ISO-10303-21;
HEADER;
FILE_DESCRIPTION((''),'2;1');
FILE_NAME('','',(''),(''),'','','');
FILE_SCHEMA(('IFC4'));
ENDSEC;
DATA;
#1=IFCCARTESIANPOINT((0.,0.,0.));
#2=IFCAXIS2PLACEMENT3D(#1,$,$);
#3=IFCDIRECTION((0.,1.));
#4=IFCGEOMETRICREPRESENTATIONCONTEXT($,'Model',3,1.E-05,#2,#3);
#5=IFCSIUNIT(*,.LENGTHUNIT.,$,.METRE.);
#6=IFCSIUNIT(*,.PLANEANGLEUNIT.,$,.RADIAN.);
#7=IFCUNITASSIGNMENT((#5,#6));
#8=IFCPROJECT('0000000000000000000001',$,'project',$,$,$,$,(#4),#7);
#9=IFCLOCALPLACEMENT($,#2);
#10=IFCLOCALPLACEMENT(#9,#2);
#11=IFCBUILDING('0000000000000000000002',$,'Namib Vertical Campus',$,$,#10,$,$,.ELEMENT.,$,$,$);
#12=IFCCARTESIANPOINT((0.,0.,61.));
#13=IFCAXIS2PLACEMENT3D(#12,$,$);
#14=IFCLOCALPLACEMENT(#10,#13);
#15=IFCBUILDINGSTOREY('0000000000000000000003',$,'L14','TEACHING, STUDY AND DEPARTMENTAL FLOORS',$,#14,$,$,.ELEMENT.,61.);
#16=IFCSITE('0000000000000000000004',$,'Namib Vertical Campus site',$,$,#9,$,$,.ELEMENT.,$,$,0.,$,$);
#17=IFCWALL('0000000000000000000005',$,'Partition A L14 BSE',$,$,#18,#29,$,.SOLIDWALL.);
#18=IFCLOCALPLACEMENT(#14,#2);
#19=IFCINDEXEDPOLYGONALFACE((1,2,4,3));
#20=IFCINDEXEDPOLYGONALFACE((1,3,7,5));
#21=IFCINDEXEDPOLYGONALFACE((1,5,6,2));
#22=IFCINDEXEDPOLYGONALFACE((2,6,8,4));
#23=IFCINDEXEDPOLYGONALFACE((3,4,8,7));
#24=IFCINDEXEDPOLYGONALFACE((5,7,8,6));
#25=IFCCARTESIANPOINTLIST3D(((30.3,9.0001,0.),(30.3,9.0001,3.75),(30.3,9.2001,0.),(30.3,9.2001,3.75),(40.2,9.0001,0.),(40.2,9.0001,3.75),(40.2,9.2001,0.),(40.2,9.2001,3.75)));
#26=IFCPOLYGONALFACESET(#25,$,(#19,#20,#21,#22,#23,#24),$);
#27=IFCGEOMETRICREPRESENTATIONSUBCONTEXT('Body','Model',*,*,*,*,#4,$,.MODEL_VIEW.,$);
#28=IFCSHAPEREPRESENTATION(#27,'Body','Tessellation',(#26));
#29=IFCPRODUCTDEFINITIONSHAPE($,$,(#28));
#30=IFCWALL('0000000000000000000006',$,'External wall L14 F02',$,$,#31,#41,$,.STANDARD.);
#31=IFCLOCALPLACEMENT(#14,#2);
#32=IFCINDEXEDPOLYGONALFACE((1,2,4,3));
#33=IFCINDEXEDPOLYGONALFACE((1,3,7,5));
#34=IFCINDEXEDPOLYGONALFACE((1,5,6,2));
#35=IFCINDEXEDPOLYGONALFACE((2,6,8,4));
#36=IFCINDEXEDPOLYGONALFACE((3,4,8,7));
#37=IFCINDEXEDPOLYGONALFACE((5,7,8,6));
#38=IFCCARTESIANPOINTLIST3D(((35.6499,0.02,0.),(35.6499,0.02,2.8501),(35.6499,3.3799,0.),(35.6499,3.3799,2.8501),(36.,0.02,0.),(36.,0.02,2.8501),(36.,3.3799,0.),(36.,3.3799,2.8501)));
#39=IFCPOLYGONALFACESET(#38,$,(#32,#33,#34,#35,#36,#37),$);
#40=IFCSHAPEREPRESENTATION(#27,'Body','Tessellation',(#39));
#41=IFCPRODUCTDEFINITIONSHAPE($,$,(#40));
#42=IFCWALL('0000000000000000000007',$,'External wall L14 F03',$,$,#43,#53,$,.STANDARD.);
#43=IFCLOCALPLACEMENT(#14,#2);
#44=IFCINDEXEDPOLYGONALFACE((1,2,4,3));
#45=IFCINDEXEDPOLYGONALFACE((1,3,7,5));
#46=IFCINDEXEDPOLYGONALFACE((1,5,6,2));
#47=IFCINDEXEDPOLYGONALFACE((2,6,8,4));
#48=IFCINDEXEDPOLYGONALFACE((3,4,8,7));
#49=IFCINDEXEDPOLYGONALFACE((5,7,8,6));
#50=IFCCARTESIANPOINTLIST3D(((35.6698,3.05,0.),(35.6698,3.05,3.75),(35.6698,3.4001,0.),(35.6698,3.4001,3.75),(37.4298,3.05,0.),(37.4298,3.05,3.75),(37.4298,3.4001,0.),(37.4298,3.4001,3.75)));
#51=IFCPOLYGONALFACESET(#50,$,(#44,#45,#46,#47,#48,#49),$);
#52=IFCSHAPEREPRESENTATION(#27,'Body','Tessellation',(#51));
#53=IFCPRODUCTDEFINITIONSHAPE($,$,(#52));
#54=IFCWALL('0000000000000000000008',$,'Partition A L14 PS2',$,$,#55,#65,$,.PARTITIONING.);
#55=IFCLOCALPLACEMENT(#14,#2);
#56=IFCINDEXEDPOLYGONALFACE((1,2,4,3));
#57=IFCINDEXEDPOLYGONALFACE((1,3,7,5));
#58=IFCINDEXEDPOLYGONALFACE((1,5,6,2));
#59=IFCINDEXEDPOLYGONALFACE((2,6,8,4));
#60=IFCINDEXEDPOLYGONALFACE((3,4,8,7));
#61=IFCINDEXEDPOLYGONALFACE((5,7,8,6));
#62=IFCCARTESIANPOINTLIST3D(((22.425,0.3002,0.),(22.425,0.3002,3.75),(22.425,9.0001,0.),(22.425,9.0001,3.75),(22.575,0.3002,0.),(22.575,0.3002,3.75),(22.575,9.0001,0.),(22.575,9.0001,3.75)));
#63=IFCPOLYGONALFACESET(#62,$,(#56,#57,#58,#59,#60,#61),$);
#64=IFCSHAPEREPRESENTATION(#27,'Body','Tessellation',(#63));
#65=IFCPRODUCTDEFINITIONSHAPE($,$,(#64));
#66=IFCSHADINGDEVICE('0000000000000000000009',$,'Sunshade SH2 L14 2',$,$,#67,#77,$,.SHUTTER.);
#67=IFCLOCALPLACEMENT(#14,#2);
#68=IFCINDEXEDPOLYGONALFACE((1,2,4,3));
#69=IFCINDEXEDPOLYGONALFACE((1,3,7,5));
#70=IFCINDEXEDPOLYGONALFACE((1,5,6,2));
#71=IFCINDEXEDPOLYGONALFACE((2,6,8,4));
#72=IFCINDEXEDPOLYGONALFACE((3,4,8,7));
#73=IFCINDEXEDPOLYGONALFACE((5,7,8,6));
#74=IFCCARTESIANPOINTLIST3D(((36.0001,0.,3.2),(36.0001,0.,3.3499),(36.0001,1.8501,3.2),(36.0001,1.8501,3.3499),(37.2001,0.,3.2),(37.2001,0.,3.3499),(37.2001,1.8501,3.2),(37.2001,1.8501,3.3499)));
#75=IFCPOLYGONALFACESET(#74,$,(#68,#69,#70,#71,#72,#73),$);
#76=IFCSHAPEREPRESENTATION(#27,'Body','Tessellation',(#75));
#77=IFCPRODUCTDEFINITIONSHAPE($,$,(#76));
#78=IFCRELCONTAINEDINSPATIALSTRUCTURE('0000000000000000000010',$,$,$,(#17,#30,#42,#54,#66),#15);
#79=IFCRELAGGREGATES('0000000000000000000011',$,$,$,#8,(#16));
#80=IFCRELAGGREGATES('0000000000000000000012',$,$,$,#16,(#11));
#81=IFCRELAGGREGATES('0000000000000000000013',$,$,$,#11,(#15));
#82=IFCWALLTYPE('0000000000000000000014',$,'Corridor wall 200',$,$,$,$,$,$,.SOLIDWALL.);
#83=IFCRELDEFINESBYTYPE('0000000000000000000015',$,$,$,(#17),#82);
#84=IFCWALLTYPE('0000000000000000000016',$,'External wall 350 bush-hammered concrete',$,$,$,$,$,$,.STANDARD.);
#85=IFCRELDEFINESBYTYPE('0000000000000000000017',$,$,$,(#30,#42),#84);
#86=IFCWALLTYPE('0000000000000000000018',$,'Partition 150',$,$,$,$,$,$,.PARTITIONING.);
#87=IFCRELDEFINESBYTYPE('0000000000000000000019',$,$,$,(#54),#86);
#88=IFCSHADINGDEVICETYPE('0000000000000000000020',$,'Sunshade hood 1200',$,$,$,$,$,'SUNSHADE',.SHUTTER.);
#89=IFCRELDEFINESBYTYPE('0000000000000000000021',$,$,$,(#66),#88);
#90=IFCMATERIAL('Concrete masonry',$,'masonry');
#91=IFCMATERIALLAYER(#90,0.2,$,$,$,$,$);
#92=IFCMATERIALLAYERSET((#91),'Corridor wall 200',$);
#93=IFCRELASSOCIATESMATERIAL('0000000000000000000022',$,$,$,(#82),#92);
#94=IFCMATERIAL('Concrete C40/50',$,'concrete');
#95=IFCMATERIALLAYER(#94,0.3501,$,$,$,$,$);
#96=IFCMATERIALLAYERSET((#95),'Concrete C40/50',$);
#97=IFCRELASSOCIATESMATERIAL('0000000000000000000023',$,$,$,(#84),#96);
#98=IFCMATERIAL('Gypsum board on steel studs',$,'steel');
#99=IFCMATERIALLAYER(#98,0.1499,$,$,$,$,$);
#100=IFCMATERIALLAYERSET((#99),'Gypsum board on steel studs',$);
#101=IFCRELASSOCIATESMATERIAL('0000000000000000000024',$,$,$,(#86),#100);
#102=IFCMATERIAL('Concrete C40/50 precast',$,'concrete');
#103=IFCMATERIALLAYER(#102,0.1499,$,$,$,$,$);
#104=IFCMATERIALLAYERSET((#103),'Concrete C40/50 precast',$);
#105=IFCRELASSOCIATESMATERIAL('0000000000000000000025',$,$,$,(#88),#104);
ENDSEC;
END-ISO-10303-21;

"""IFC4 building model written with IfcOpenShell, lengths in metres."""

from ifc_helpers import new_model, si_unit, direction, frame, frame_2d, origin, origin_2d, place, context, subcontext, project, spatial, rectangle, extrude, material, layer, layer_set, type_object, element, save


model = new_model("IFC4")

# Units and contexts
model_context = context("Model", 3, precision=1e-05, world=origin(), true_north=direction((0.0, 1.0)))
body_context = subcontext(model_context, "Body", "Model", "MODEL_VIEW")
ifc_project = project(units=[si_unit("LENGTHUNIT", "METRE"), si_unit("PLANEANGLEUNIT", "RADIAN")], contexts=[model_context])

# Site, building, storey
site_placement = place(None, origin())
site = spatial("IfcSite", under=ifc_project, at=site_placement, Name="Namib Vertical Campus site", CompositionType="ELEMENT", RefElevation=0.0)
building_placement = place(site_placement, origin())
building = spatial("IfcBuilding", under=site, at=building_placement, Name="Namib Vertical Campus", CompositionType="ELEMENT")
storey_placement = place(building_placement, frame((0.0, 0.0, 61.0)))
storey = spatial("IfcBuildingStorey", under=building, at=storey_placement, Name="L14", Description="TEACHING, STUDY AND DEPARTMENTAL FLOORS", CompositionType="ELEMENT", Elevation=61.0)

# Shared definitions
ifc_material_1 = material(Name="Concrete masonry", Category="masonry")
ifc_layer_1 = layer(ifc_material_1, 0.2)
ifc_layer_set_1 = layer_set([ifc_layer_1], Name="Corridor wall 200")
wall_type_1 = type_object("IfcWallType", Name="Corridor wall 200", PredefinedType="SOLIDWALL", material=ifc_layer_set_1)

# Walls
wall_1_placement = place(storey_placement, frame((30.3, 9.1001, 0.0), z_axis=(0.0, 0.0, 1.0), x_axis=(1.0, 0.0, 0.0)))
element("IfcWall", 1, at=wall_1_placement, inside=storey, type_object=wall_type_1, Name="Partition A L14 BSE", PredefinedType="SOLIDWALL", context=body_context, shape_type="SweptSolid", body=[
    extrude(rectangle(XDim=9.8999, YDim=0.2, at=frame_2d((4.95, 0.0))), origin(), (0.0, 0.0, 1.0), 3.75),
])
ifc_material_2 = material(Name="Concrete C40/50", Category="concrete")
ifc_layer_2 = layer(ifc_material_2, 0.3501)
ifc_layer_set_2 = layer_set([ifc_layer_2], Name="Concrete C40/50")
wall_type_2 = type_object("IfcWallType", Name="External wall 350 bush-hammered concrete", PredefinedType="STANDARD", material=ifc_layer_set_2)
wall_2_placement = place(storey_placement, frame((35.825, 0.02, 0.0), z_axis=(0.0, 0.0, 1.0), x_axis=(0.0, 1.0, 0.0)))
element("IfcWall", 2, at=wall_2_placement, inside=storey, type_object=wall_type_2, Name="External wall L14 F02", PredefinedType="STANDARD", context=body_context, shape_type="SweptSolid", body=[
    extrude(rectangle(XDim=3.3599, YDim=0.3501, at=frame_2d((1.6799, 0.0))), origin(), (0.0, 0.0, 1.0), 2.8501),
])
wall_3_placement = place(storey_placement, frame((35.6699, 3.2251, 0.0), z_axis=(0.0, 0.0, 1.0), x_axis=(1.0, 0.0, 0.0)))
element("IfcWall", 3, at=wall_3_placement, inside=storey, type_object=wall_type_2, Name="External wall L14 F03", PredefinedType="STANDARD", context=body_context, shape_type="SweptSolid", body=[
    extrude(rectangle(XDim=1.76, YDim=0.3501, at=frame_2d((0.8799, 0.0))), origin(), (0.0, 0.0, 1.0), 3.75),
])
ifc_material_3 = material(Name="Gypsum board on steel studs", Category="steel")
ifc_layer_3 = layer(ifc_material_3, 0.1499)
ifc_layer_set_3 = layer_set([ifc_layer_3], Name="Gypsum board on steel studs")
wall_type_3 = type_object("IfcWallType", Name="Partition 150", PredefinedType="PARTITIONING", material=ifc_layer_set_3)
wall_4_placement = place(storey_placement, frame((22.5, 0.3, 0.0), z_axis=(0.0, 0.0, 1.0), x_axis=(0.0, 1.0, 0.0)))
element("IfcWall", 4, at=wall_4_placement, inside=storey, type_object=wall_type_3, Name="Partition A L14 PS2", PredefinedType="PARTITIONING", context=body_context, shape_type="SweptSolid", body=[
    extrude(rectangle(XDim=8.7, YDim=0.1499, at=frame_2d((4.3501, 0.0))), origin(), (0.0, 0.0, 1.0), 3.75),
])

# Shading device
ifc_material_4 = material(Name="Concrete C40/50 precast", Category="concrete")
ifc_layer_4 = layer(ifc_material_4, 0.1499)
ifc_layer_set_4 = layer_set([ifc_layer_4], Name="Concrete C40/50 precast")
shading_device_type = type_object("IfcShadingDeviceType", Name="Sunshade hood 1200", ElementType="SUNSHADE", PredefinedType="SHUTTER", material=ifc_layer_set_4)
shading_device_placement = place(storey_placement, frame((36.6001, 0.925, 3.2), z_axis=(0.0, 0.0, 1.0), x_axis=(0.0, 1.0, 0.0)))
element("IfcShadingDevice", 5, at=shading_device_placement, inside=storey, type_object=shading_device_type, Name="Sunshade SH2 L14 2", PredefinedType="SHUTTER", context=body_context, shape_type="SweptSolid", body=[
    extrude(rectangle(XDim=1.8501, YDim=1.2, at=origin_2d()), origin(), (0.0, 0.0, 1.0), 0.1499),
])

save(model, "model.ifc")
